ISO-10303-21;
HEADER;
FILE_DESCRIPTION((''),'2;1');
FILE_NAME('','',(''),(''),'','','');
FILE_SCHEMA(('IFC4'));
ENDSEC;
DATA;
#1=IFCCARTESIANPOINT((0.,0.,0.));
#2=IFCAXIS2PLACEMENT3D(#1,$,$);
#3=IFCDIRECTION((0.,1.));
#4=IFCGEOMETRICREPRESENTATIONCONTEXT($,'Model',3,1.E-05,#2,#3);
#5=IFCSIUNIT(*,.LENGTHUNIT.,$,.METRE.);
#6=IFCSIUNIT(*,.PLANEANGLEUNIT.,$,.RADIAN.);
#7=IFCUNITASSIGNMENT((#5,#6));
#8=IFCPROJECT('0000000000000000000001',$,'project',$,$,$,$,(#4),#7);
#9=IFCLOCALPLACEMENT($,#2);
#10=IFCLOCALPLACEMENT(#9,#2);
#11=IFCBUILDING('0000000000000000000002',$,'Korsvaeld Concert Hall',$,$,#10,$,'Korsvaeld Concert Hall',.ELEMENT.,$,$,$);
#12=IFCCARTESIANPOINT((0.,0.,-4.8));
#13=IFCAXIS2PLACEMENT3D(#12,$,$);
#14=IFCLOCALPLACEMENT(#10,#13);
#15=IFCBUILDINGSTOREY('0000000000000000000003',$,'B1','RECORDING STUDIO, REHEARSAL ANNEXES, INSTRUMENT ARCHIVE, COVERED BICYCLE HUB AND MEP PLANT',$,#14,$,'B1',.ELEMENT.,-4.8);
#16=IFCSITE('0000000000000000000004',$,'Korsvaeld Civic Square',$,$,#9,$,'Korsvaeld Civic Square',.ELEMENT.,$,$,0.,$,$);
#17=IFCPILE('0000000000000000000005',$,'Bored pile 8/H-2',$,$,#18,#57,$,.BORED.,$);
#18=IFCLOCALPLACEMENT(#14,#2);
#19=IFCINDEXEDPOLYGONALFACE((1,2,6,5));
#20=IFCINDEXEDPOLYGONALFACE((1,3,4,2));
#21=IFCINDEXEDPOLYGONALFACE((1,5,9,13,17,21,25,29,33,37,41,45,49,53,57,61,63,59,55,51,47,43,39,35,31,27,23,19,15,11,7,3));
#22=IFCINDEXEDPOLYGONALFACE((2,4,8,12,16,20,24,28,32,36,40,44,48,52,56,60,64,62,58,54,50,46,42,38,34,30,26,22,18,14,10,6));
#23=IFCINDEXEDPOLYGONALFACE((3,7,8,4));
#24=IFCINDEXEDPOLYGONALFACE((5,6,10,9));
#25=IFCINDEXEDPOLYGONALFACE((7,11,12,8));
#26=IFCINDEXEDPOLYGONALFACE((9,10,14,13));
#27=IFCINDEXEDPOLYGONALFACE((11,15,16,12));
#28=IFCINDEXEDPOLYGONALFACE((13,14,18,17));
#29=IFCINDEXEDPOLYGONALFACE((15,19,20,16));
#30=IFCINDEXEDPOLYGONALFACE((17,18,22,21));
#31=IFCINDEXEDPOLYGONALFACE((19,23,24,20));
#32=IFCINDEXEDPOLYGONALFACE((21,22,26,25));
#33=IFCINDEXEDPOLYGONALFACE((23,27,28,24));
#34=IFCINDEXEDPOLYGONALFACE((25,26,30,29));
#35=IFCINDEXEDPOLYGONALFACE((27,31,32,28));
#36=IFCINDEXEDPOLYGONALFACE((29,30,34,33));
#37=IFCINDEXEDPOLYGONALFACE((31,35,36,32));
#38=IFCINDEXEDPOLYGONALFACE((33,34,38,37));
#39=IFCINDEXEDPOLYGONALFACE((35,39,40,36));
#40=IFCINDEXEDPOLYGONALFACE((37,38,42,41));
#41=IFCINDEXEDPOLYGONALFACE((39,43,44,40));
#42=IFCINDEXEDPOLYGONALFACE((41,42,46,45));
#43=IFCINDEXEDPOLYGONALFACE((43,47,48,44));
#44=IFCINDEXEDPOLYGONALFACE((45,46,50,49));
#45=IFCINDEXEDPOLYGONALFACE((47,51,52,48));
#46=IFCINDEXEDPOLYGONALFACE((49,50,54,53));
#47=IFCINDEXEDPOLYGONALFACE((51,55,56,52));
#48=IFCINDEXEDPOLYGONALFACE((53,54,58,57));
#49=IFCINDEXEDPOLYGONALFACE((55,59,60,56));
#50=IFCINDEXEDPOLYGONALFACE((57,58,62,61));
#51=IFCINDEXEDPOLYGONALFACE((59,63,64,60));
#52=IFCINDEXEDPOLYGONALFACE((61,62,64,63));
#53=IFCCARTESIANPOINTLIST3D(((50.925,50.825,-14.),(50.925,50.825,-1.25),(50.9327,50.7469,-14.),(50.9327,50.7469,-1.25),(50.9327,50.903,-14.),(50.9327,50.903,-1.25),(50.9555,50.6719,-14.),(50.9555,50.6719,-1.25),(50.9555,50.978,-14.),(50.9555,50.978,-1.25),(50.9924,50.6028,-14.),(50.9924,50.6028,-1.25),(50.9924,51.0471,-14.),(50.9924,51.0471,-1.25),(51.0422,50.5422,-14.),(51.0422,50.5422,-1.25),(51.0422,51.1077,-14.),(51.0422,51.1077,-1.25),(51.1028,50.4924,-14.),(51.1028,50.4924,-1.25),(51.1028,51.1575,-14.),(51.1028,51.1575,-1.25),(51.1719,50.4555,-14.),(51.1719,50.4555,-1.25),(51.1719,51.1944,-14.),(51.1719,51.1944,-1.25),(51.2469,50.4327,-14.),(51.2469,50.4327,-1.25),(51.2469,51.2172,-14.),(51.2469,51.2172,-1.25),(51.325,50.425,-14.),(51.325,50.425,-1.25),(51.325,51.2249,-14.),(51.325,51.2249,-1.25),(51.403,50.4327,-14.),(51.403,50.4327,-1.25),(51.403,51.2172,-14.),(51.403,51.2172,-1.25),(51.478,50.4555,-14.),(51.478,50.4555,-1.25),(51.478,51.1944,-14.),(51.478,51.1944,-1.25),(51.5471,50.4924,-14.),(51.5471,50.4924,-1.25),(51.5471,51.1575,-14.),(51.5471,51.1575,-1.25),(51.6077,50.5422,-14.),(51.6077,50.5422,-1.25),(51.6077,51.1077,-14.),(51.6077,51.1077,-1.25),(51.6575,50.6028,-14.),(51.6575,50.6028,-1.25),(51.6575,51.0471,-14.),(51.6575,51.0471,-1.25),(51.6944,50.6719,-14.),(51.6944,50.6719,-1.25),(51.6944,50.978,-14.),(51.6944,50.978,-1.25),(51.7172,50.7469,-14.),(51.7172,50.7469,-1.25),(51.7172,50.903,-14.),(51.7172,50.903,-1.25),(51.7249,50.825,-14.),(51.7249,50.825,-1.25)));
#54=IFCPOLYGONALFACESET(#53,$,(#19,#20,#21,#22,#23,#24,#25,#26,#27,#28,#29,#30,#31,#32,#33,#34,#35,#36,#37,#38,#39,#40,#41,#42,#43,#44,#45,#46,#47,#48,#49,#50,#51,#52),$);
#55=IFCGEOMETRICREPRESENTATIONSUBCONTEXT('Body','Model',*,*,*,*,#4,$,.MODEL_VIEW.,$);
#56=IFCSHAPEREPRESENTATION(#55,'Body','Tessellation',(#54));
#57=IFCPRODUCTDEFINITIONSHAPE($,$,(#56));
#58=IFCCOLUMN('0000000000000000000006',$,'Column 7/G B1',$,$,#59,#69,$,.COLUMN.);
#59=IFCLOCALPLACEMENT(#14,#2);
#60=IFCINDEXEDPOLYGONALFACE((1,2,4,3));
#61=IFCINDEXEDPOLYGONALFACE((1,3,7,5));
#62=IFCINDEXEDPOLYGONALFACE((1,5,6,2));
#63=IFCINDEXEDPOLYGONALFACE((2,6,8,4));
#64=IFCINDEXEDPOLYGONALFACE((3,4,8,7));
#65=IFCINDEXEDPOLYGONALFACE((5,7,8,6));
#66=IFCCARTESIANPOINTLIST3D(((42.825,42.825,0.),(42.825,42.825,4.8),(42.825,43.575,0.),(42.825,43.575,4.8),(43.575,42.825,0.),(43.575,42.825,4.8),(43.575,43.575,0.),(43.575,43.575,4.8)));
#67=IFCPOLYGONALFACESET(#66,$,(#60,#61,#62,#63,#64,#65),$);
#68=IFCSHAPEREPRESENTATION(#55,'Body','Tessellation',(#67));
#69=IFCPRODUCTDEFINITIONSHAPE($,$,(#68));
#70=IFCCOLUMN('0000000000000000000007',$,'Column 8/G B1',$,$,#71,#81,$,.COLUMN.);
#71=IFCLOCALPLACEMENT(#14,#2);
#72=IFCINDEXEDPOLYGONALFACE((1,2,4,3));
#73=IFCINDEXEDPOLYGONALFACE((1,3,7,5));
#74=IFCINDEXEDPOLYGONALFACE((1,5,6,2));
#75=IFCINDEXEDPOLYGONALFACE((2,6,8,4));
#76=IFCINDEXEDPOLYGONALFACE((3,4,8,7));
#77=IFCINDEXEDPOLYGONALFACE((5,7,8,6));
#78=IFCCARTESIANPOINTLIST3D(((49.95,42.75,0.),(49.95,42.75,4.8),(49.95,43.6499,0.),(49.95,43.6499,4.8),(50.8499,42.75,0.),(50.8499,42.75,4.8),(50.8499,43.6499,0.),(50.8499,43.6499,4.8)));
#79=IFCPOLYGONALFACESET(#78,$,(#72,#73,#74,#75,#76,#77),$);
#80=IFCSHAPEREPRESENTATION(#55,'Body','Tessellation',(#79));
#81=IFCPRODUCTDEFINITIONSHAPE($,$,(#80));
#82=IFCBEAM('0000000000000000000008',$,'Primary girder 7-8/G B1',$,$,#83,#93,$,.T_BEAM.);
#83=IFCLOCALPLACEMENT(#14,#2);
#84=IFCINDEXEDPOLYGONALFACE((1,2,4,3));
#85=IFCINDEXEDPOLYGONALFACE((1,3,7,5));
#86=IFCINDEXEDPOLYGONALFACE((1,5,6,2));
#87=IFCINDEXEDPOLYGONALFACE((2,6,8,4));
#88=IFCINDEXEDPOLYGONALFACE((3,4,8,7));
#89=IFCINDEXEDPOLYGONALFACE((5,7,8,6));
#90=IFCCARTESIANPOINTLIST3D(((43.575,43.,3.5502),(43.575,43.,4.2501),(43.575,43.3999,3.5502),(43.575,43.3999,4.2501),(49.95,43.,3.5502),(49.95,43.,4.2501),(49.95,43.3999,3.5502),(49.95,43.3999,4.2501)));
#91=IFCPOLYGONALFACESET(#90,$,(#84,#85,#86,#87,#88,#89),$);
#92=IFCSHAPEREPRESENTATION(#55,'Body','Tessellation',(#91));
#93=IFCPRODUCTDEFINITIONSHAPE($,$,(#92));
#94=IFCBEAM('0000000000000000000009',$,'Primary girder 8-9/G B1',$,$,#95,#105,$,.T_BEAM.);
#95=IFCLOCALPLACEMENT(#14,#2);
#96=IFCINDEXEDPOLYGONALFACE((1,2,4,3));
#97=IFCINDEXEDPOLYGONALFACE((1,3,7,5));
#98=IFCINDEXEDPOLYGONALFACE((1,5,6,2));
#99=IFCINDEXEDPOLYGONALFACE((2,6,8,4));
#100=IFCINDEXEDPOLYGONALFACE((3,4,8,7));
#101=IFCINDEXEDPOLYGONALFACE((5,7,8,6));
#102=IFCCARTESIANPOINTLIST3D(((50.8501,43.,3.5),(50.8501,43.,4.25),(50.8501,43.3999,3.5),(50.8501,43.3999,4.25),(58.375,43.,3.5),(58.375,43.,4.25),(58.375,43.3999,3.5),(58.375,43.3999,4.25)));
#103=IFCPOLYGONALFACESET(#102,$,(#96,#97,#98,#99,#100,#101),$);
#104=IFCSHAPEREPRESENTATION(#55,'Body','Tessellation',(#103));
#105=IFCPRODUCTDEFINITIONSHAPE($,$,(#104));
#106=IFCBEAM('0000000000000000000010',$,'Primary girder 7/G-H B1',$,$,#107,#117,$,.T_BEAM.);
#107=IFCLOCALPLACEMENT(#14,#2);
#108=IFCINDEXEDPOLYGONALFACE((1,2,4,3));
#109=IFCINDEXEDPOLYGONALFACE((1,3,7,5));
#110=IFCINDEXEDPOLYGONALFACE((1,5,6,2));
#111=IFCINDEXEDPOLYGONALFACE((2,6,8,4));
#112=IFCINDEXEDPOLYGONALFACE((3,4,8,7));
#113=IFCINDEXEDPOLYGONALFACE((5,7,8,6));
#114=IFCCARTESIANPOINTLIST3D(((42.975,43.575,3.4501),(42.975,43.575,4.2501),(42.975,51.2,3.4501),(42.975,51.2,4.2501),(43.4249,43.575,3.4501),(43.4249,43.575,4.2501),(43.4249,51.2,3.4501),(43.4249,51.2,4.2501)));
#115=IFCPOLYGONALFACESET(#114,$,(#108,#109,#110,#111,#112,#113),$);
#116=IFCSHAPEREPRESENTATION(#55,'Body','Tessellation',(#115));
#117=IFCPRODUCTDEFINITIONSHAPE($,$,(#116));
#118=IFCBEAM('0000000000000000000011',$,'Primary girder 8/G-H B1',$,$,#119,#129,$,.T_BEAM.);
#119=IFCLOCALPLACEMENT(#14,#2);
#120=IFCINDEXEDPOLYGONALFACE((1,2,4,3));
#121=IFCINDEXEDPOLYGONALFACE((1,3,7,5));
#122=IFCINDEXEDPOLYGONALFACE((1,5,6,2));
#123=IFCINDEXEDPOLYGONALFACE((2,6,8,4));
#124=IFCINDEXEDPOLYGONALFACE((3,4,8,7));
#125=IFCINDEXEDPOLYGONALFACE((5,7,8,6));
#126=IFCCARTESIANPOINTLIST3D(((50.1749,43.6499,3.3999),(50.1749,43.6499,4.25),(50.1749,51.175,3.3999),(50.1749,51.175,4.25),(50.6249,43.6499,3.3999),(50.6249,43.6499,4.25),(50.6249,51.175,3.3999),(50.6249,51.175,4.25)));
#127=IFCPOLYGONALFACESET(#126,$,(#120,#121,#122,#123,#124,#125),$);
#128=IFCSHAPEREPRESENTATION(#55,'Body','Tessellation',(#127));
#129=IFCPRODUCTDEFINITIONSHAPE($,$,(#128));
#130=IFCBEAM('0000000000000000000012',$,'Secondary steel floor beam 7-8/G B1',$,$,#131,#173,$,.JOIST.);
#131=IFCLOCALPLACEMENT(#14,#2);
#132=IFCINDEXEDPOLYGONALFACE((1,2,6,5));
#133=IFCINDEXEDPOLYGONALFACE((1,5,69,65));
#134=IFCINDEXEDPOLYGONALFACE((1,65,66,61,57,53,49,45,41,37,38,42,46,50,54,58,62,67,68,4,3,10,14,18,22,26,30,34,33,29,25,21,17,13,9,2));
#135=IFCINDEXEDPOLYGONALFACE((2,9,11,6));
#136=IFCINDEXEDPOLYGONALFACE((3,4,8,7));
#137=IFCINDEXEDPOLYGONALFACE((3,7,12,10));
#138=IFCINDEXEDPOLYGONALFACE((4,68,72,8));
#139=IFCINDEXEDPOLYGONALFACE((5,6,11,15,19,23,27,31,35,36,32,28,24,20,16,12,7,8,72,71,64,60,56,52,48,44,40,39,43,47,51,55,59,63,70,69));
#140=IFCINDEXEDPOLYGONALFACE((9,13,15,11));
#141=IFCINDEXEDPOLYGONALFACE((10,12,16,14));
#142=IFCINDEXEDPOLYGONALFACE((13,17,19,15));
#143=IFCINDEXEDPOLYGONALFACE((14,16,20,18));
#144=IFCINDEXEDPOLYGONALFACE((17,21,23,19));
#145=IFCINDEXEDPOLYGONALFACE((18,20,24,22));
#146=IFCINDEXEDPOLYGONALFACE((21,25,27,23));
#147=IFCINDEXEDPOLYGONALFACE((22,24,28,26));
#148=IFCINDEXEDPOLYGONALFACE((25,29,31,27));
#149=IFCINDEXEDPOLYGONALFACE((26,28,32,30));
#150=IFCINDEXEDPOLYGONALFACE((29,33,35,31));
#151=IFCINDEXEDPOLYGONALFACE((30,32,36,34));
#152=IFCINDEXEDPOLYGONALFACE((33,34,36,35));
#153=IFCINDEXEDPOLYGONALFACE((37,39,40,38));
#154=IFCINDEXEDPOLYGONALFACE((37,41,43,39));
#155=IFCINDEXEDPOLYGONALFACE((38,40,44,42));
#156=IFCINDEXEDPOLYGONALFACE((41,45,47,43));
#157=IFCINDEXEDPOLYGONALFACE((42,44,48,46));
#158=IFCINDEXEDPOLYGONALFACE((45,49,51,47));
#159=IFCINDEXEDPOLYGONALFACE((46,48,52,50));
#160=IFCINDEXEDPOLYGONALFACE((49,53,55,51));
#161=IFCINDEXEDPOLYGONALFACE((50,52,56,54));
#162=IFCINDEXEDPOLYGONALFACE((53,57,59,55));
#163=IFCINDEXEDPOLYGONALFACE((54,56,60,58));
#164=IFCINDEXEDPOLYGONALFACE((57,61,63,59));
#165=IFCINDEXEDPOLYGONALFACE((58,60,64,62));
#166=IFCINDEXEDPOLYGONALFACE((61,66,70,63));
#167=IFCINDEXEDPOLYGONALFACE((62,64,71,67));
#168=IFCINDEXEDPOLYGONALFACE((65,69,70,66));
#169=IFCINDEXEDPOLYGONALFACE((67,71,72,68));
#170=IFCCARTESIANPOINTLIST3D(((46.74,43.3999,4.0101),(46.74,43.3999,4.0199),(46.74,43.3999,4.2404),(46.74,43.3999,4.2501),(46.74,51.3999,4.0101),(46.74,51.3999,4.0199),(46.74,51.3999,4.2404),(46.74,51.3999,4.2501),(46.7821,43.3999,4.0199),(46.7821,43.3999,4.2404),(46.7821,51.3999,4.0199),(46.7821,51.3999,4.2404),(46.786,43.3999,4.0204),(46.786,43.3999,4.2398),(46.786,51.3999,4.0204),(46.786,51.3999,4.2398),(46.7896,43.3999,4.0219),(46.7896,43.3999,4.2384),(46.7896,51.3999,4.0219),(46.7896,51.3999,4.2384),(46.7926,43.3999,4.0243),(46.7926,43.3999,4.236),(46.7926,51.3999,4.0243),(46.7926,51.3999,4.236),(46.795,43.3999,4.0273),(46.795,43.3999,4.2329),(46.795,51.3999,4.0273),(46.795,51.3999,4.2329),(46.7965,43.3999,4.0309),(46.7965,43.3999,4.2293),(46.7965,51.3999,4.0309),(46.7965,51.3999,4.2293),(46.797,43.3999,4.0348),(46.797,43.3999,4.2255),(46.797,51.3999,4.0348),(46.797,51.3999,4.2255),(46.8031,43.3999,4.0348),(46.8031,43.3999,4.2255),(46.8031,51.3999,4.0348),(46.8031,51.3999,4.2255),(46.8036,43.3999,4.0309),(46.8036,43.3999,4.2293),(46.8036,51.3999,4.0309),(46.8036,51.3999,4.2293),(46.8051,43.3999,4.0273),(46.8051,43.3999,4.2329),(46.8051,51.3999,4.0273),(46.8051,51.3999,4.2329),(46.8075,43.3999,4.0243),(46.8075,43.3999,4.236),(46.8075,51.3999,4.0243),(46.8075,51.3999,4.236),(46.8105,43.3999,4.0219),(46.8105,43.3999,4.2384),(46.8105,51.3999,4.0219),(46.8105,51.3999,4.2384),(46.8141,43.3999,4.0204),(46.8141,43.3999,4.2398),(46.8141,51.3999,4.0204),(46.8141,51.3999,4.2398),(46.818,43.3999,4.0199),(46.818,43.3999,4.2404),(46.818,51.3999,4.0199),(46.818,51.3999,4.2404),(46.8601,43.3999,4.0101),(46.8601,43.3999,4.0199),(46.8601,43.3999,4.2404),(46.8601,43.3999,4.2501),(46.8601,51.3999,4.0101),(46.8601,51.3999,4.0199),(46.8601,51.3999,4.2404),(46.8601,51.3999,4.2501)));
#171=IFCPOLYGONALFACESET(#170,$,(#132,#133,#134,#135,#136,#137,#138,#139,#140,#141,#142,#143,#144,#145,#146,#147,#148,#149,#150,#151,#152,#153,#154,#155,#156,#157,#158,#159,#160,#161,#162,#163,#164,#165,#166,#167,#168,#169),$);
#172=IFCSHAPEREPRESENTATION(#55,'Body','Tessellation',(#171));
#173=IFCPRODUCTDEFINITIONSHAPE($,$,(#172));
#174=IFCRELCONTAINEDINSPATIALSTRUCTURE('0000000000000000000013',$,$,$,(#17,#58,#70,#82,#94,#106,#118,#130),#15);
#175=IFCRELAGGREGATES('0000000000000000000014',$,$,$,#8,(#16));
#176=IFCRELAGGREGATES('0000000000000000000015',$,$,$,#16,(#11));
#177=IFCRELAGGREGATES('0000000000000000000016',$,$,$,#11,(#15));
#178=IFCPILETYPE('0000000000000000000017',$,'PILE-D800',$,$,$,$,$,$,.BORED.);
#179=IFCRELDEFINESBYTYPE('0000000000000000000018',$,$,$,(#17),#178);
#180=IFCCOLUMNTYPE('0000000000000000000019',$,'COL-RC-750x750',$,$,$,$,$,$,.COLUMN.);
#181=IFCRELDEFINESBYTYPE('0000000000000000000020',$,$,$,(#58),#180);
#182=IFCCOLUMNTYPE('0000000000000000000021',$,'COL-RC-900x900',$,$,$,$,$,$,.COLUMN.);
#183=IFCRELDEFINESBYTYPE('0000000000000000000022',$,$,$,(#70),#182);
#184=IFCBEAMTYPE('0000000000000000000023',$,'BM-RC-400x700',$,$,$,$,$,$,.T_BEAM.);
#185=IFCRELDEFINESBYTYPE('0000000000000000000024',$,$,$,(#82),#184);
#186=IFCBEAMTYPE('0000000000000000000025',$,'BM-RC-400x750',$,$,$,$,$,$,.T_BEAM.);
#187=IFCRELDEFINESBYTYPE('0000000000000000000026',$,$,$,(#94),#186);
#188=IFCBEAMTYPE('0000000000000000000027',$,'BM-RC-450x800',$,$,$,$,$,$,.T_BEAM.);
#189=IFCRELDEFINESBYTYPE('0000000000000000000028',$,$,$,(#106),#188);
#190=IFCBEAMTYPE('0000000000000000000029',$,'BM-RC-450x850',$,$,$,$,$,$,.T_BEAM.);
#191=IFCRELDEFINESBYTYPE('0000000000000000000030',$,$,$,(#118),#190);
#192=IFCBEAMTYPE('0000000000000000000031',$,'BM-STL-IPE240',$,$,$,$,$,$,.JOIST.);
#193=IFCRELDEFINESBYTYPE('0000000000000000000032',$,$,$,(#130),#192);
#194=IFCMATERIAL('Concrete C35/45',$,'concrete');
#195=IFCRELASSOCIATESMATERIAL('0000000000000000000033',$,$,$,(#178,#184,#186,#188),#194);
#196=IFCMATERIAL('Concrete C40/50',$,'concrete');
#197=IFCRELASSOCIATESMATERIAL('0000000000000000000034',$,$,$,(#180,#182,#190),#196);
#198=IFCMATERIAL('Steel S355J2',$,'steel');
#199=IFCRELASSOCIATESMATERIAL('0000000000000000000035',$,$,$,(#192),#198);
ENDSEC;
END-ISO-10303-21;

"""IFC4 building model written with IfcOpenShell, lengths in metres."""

from ifc_helpers import new_model, si_unit, direction, frame, origin, origin_2d, place, context, subcontext, project, spatial, rectangle, circle, i_section, extrude, material, material_profile, profile_set, type_object, element, save


model = new_model("IFC4")

# Units and contexts
model_context = context("Model", 3, precision=1e-05, world=origin(), true_north=direction((0.0, 1.0)))
body_context = subcontext(model_context, "Body", "Model", "MODEL_VIEW")
ifc_project = project(units=[si_unit("LENGTHUNIT", "METRE"), si_unit("PLANEANGLEUNIT", "RADIAN")], contexts=[model_context])

# Site, building, storey
site_placement = place(None, origin())
site = spatial("IfcSite", under=ifc_project, at=site_placement, Name="Korsvaeld Civic Square", LongName="Korsvaeld Civic Square", CompositionType="ELEMENT", RefElevation=0.0)
building_placement = place(site_placement, origin())
building = spatial("IfcBuilding", under=site, at=building_placement, Name="Korsvaeld Concert Hall", LongName="Korsvaeld Concert Hall", CompositionType="ELEMENT")
storey_placement = place(building_placement, frame((0.0, 0.0, -4.8)))
storey = spatial("IfcBuildingStorey", under=building, at=storey_placement, Name="B1", Description="RECORDING STUDIO, REHEARSAL ANNEXES, INSTRUMENT ARCHIVE, COVERED BICYCLE HUB AND MEP PLANT", LongName="B1", CompositionType="ELEMENT", Elevation=-4.8)

# Shared definitions
ifc_material_1 = material(Name="Concrete C35/45", Category="concrete")

# Pile
ifc_material_profile_1 = material_profile(ifc_material_1, circle(Radius=0.3999, at=origin_2d()), Name="BORED PILE D800")
ifc_profile_set_1 = profile_set([ifc_material_profile_1], Name="Concrete C35/45")
pile_type_1 = type_object("IfcPileType", Name="PILE-D800", PredefinedType="BORED", material=ifc_profile_set_1)
for number, where, z_axis, x_axis, name in (
    (1, (51.325, 50.825, -1.25), (0.0, 0.0, -1.0), (1.0, 0.0, 0.0), "Bored pile 8/H-2"),
):
    element("IfcPile", number, at=place(storey_placement, frame(where, z_axis=z_axis, x_axis=x_axis)), inside=storey, type_object=pile_type_1, Name=name, PredefinedType="BORED", context=body_context, shape_type="SweptSolid", body=[
        extrude(circle(Radius=0.3999, at=origin_2d()), origin(), (0.0, 0.0, 1.0), 12.75),
    ])

# Columns
ifc_material_2 = material(Name="Concrete C40/50", Category="concrete")
ifc_material_profile_2 = material_profile(ifc_material_2, rectangle(XDim=0.75, YDim=0.75, at=origin_2d()), Name="RC 750x750")
ifc_profile_set_2 = profile_set([ifc_material_profile_2], Name="Concrete C40/50")
column_type_1 = type_object("IfcColumnType", Name="COL-RC-750x750", PredefinedType="COLUMN", material=ifc_profile_set_2)
column_1_placement = place(storey_placement, frame((43.2, 43.2, 0.0), z_axis=(0.0, 0.0, 1.0), x_axis=(1.0, 0.0, 0.0)))
element("IfcColumn", 2, at=column_1_placement, inside=storey, type_object=column_type_1, Name="Column 7/G B1", PredefinedType="COLUMN", context=body_context, shape_type="SweptSolid", body=[
    extrude(rectangle(XDim=0.75, YDim=0.75, at=origin_2d()), origin(), (0.0, 0.0, 1.0), 4.8),
])
ifc_material_profile_3 = material_profile(ifc_material_2, rectangle(XDim=0.8999, YDim=0.8999, at=origin_2d()), Name="RC 900x900")
ifc_profile_set_3 = profile_set([ifc_material_profile_3], Name="Concrete C40/50")
column_type_2 = type_object("IfcColumnType", Name="COL-RC-900x900", PredefinedType="COLUMN", material=ifc_profile_set_3)
column_2_placement = place(storey_placement, frame((50.3999, 43.2, 0.0), z_axis=(0.0, 0.0, 1.0), x_axis=(1.0, 0.0, 0.0)))
element("IfcColumn", 3, at=column_2_placement, inside=storey, type_object=column_type_2, Name="Column 8/G B1", PredefinedType="COLUMN", context=body_context, shape_type="SweptSolid", body=[
    extrude(rectangle(XDim=0.8999, YDim=0.8999, at=origin_2d()), origin(), (0.0, 0.0, 1.0), 4.8),
])

# Beams
ifc_material_profile_4 = material_profile(ifc_material_1, rectangle(XDim=0.3999, YDim=0.7, at=origin_2d()), Name="RC 400x700")
ifc_profile_set_4 = profile_set([ifc_material_profile_4], Name="Concrete C35/45")
beam_type_1 = type_object("IfcBeamType", Name="BM-RC-400x700", PredefinedType="T_BEAM", material=ifc_profile_set_4)
beam_1_placement = place(storey_placement, frame((43.575, 43.2, 3.9001), z_axis=(1.0, 0.0, 0.0), x_axis=(0.0, 1.0, 0.0)))
element("IfcBeam", 4, at=beam_1_placement, inside=storey, type_object=beam_type_1, Name="Primary girder 7-8/G B1", PredefinedType="T_BEAM", context=body_context, shape_type="SweptSolid", body=[
    extrude(rectangle(XDim=0.3999, YDim=0.7, at=origin_2d()), origin(), (0.0, 0.0, 1.0), 6.375),
])
ifc_material_profile_5 = material_profile(ifc_material_1, rectangle(XDim=0.3999, YDim=0.75, at=origin_2d()), Name="RC 400x750")
ifc_profile_set_5 = profile_set([ifc_material_profile_5], Name="Concrete C35/45")
beam_type_2 = type_object("IfcBeamType", Name="BM-RC-400x750", PredefinedType="T_BEAM", material=ifc_profile_set_5)
beam_2_placement = place(storey_placement, frame((50.8501, 43.2, 3.875), z_axis=(1.0, 0.0, 0.0), x_axis=(0.0, 1.0, 0.0)))
element("IfcBeam", 5, at=beam_2_placement, inside=storey, type_object=beam_type_2, Name="Primary girder 8-9/G B1", PredefinedType="T_BEAM", context=body_context, shape_type="SweptSolid", body=[
    extrude(rectangle(XDim=0.3999, YDim=0.75, at=origin_2d()), origin(), (0.0, 0.0, 1.0), 7.5249),
])
ifc_material_profile_6 = material_profile(ifc_material_1, rectangle(XDim=0.45, YDim=0.8, at=origin_2d()), Name="RC 450x800")
ifc_profile_set_6 = profile_set([ifc_material_profile_6], Name="Concrete C35/45")
beam_type_3 = type_object("IfcBeamType", Name="BM-RC-450x800", PredefinedType="T_BEAM", material=ifc_profile_set_6)
beam_3_placement = place(storey_placement, frame((43.2, 43.575, 3.8501), z_axis=(0.0, 1.0, 0.0), x_axis=(-1.0, 0.0, 0.0)))
element("IfcBeam", 6, at=beam_3_placement, inside=storey, type_object=beam_type_3, Name="Primary girder 7/G-H B1", PredefinedType="T_BEAM", context=body_context, shape_type="SweptSolid", body=[
    extrude(rectangle(XDim=0.45, YDim=0.8, at=origin_2d()), origin(), (0.0, 0.0, 1.0), 7.625),
])
ifc_material_profile_7 = material_profile(ifc_material_2, rectangle(XDim=0.45, YDim=0.8501, at=origin_2d()), Name="RC 450x850")
ifc_profile_set_7 = profile_set([ifc_material_profile_7], Name="Concrete C40/50")
beam_type_4 = type_object("IfcBeamType", Name="BM-RC-450x850", PredefinedType="T_BEAM", material=ifc_profile_set_7)
beam_4_placement = place(storey_placement, frame((50.3999, 43.6499, 3.825), z_axis=(0.0, 1.0, 0.0), x_axis=(-1.0, 0.0, 0.0)))
element("IfcBeam", 7, at=beam_4_placement, inside=storey, type_object=beam_type_4, Name="Primary girder 8/G-H B1", PredefinedType="T_BEAM", context=body_context, shape_type="SweptSolid", body=[
    extrude(rectangle(XDim=0.45, YDim=0.8501, at=origin_2d()), origin(), (0.0, 0.0, 1.0), 7.5251),
])
ifc_material_3 = material(Name="Steel S355J2", Category="steel")
ifc_material_profile_8 = material_profile(ifc_material_3, i_section(OverallWidth=0.1201, OverallDepth=0.24, WebThickness=0.0061, FlangeThickness=0.0098, FilletRadius=0.0149, at=origin_2d()), Name="IPE 240")
ifc_profile_set_8 = profile_set([ifc_material_profile_8], Name="Steel S355J2")
beam_type_5 = type_object("IfcBeamType", Name="BM-STL-IPE240", PredefinedType="JOIST", material=ifc_profile_set_8)
beam_5_placement = place(storey_placement, frame((46.8, 43.3999, 4.1301), z_axis=(0.0, 1.0, 0.0), x_axis=(-1.0, 0.0, 0.0)))
element("IfcBeam", 8, at=beam_5_placement, inside=storey, type_object=beam_type_5, Name="Secondary steel floor beam 7-8/G B1", PredefinedType="JOIST", context=body_context, shape_type="SweptSolid", body=[
    extrude(i_section(OverallWidth=0.1201, OverallDepth=0.24, WebThickness=0.0061, FlangeThickness=0.0098, FilletRadius=0.0149, at=origin_2d()), origin(), (0.0, 0.0, 1.0), 8.0),
])

save(model, "model.ifc")
